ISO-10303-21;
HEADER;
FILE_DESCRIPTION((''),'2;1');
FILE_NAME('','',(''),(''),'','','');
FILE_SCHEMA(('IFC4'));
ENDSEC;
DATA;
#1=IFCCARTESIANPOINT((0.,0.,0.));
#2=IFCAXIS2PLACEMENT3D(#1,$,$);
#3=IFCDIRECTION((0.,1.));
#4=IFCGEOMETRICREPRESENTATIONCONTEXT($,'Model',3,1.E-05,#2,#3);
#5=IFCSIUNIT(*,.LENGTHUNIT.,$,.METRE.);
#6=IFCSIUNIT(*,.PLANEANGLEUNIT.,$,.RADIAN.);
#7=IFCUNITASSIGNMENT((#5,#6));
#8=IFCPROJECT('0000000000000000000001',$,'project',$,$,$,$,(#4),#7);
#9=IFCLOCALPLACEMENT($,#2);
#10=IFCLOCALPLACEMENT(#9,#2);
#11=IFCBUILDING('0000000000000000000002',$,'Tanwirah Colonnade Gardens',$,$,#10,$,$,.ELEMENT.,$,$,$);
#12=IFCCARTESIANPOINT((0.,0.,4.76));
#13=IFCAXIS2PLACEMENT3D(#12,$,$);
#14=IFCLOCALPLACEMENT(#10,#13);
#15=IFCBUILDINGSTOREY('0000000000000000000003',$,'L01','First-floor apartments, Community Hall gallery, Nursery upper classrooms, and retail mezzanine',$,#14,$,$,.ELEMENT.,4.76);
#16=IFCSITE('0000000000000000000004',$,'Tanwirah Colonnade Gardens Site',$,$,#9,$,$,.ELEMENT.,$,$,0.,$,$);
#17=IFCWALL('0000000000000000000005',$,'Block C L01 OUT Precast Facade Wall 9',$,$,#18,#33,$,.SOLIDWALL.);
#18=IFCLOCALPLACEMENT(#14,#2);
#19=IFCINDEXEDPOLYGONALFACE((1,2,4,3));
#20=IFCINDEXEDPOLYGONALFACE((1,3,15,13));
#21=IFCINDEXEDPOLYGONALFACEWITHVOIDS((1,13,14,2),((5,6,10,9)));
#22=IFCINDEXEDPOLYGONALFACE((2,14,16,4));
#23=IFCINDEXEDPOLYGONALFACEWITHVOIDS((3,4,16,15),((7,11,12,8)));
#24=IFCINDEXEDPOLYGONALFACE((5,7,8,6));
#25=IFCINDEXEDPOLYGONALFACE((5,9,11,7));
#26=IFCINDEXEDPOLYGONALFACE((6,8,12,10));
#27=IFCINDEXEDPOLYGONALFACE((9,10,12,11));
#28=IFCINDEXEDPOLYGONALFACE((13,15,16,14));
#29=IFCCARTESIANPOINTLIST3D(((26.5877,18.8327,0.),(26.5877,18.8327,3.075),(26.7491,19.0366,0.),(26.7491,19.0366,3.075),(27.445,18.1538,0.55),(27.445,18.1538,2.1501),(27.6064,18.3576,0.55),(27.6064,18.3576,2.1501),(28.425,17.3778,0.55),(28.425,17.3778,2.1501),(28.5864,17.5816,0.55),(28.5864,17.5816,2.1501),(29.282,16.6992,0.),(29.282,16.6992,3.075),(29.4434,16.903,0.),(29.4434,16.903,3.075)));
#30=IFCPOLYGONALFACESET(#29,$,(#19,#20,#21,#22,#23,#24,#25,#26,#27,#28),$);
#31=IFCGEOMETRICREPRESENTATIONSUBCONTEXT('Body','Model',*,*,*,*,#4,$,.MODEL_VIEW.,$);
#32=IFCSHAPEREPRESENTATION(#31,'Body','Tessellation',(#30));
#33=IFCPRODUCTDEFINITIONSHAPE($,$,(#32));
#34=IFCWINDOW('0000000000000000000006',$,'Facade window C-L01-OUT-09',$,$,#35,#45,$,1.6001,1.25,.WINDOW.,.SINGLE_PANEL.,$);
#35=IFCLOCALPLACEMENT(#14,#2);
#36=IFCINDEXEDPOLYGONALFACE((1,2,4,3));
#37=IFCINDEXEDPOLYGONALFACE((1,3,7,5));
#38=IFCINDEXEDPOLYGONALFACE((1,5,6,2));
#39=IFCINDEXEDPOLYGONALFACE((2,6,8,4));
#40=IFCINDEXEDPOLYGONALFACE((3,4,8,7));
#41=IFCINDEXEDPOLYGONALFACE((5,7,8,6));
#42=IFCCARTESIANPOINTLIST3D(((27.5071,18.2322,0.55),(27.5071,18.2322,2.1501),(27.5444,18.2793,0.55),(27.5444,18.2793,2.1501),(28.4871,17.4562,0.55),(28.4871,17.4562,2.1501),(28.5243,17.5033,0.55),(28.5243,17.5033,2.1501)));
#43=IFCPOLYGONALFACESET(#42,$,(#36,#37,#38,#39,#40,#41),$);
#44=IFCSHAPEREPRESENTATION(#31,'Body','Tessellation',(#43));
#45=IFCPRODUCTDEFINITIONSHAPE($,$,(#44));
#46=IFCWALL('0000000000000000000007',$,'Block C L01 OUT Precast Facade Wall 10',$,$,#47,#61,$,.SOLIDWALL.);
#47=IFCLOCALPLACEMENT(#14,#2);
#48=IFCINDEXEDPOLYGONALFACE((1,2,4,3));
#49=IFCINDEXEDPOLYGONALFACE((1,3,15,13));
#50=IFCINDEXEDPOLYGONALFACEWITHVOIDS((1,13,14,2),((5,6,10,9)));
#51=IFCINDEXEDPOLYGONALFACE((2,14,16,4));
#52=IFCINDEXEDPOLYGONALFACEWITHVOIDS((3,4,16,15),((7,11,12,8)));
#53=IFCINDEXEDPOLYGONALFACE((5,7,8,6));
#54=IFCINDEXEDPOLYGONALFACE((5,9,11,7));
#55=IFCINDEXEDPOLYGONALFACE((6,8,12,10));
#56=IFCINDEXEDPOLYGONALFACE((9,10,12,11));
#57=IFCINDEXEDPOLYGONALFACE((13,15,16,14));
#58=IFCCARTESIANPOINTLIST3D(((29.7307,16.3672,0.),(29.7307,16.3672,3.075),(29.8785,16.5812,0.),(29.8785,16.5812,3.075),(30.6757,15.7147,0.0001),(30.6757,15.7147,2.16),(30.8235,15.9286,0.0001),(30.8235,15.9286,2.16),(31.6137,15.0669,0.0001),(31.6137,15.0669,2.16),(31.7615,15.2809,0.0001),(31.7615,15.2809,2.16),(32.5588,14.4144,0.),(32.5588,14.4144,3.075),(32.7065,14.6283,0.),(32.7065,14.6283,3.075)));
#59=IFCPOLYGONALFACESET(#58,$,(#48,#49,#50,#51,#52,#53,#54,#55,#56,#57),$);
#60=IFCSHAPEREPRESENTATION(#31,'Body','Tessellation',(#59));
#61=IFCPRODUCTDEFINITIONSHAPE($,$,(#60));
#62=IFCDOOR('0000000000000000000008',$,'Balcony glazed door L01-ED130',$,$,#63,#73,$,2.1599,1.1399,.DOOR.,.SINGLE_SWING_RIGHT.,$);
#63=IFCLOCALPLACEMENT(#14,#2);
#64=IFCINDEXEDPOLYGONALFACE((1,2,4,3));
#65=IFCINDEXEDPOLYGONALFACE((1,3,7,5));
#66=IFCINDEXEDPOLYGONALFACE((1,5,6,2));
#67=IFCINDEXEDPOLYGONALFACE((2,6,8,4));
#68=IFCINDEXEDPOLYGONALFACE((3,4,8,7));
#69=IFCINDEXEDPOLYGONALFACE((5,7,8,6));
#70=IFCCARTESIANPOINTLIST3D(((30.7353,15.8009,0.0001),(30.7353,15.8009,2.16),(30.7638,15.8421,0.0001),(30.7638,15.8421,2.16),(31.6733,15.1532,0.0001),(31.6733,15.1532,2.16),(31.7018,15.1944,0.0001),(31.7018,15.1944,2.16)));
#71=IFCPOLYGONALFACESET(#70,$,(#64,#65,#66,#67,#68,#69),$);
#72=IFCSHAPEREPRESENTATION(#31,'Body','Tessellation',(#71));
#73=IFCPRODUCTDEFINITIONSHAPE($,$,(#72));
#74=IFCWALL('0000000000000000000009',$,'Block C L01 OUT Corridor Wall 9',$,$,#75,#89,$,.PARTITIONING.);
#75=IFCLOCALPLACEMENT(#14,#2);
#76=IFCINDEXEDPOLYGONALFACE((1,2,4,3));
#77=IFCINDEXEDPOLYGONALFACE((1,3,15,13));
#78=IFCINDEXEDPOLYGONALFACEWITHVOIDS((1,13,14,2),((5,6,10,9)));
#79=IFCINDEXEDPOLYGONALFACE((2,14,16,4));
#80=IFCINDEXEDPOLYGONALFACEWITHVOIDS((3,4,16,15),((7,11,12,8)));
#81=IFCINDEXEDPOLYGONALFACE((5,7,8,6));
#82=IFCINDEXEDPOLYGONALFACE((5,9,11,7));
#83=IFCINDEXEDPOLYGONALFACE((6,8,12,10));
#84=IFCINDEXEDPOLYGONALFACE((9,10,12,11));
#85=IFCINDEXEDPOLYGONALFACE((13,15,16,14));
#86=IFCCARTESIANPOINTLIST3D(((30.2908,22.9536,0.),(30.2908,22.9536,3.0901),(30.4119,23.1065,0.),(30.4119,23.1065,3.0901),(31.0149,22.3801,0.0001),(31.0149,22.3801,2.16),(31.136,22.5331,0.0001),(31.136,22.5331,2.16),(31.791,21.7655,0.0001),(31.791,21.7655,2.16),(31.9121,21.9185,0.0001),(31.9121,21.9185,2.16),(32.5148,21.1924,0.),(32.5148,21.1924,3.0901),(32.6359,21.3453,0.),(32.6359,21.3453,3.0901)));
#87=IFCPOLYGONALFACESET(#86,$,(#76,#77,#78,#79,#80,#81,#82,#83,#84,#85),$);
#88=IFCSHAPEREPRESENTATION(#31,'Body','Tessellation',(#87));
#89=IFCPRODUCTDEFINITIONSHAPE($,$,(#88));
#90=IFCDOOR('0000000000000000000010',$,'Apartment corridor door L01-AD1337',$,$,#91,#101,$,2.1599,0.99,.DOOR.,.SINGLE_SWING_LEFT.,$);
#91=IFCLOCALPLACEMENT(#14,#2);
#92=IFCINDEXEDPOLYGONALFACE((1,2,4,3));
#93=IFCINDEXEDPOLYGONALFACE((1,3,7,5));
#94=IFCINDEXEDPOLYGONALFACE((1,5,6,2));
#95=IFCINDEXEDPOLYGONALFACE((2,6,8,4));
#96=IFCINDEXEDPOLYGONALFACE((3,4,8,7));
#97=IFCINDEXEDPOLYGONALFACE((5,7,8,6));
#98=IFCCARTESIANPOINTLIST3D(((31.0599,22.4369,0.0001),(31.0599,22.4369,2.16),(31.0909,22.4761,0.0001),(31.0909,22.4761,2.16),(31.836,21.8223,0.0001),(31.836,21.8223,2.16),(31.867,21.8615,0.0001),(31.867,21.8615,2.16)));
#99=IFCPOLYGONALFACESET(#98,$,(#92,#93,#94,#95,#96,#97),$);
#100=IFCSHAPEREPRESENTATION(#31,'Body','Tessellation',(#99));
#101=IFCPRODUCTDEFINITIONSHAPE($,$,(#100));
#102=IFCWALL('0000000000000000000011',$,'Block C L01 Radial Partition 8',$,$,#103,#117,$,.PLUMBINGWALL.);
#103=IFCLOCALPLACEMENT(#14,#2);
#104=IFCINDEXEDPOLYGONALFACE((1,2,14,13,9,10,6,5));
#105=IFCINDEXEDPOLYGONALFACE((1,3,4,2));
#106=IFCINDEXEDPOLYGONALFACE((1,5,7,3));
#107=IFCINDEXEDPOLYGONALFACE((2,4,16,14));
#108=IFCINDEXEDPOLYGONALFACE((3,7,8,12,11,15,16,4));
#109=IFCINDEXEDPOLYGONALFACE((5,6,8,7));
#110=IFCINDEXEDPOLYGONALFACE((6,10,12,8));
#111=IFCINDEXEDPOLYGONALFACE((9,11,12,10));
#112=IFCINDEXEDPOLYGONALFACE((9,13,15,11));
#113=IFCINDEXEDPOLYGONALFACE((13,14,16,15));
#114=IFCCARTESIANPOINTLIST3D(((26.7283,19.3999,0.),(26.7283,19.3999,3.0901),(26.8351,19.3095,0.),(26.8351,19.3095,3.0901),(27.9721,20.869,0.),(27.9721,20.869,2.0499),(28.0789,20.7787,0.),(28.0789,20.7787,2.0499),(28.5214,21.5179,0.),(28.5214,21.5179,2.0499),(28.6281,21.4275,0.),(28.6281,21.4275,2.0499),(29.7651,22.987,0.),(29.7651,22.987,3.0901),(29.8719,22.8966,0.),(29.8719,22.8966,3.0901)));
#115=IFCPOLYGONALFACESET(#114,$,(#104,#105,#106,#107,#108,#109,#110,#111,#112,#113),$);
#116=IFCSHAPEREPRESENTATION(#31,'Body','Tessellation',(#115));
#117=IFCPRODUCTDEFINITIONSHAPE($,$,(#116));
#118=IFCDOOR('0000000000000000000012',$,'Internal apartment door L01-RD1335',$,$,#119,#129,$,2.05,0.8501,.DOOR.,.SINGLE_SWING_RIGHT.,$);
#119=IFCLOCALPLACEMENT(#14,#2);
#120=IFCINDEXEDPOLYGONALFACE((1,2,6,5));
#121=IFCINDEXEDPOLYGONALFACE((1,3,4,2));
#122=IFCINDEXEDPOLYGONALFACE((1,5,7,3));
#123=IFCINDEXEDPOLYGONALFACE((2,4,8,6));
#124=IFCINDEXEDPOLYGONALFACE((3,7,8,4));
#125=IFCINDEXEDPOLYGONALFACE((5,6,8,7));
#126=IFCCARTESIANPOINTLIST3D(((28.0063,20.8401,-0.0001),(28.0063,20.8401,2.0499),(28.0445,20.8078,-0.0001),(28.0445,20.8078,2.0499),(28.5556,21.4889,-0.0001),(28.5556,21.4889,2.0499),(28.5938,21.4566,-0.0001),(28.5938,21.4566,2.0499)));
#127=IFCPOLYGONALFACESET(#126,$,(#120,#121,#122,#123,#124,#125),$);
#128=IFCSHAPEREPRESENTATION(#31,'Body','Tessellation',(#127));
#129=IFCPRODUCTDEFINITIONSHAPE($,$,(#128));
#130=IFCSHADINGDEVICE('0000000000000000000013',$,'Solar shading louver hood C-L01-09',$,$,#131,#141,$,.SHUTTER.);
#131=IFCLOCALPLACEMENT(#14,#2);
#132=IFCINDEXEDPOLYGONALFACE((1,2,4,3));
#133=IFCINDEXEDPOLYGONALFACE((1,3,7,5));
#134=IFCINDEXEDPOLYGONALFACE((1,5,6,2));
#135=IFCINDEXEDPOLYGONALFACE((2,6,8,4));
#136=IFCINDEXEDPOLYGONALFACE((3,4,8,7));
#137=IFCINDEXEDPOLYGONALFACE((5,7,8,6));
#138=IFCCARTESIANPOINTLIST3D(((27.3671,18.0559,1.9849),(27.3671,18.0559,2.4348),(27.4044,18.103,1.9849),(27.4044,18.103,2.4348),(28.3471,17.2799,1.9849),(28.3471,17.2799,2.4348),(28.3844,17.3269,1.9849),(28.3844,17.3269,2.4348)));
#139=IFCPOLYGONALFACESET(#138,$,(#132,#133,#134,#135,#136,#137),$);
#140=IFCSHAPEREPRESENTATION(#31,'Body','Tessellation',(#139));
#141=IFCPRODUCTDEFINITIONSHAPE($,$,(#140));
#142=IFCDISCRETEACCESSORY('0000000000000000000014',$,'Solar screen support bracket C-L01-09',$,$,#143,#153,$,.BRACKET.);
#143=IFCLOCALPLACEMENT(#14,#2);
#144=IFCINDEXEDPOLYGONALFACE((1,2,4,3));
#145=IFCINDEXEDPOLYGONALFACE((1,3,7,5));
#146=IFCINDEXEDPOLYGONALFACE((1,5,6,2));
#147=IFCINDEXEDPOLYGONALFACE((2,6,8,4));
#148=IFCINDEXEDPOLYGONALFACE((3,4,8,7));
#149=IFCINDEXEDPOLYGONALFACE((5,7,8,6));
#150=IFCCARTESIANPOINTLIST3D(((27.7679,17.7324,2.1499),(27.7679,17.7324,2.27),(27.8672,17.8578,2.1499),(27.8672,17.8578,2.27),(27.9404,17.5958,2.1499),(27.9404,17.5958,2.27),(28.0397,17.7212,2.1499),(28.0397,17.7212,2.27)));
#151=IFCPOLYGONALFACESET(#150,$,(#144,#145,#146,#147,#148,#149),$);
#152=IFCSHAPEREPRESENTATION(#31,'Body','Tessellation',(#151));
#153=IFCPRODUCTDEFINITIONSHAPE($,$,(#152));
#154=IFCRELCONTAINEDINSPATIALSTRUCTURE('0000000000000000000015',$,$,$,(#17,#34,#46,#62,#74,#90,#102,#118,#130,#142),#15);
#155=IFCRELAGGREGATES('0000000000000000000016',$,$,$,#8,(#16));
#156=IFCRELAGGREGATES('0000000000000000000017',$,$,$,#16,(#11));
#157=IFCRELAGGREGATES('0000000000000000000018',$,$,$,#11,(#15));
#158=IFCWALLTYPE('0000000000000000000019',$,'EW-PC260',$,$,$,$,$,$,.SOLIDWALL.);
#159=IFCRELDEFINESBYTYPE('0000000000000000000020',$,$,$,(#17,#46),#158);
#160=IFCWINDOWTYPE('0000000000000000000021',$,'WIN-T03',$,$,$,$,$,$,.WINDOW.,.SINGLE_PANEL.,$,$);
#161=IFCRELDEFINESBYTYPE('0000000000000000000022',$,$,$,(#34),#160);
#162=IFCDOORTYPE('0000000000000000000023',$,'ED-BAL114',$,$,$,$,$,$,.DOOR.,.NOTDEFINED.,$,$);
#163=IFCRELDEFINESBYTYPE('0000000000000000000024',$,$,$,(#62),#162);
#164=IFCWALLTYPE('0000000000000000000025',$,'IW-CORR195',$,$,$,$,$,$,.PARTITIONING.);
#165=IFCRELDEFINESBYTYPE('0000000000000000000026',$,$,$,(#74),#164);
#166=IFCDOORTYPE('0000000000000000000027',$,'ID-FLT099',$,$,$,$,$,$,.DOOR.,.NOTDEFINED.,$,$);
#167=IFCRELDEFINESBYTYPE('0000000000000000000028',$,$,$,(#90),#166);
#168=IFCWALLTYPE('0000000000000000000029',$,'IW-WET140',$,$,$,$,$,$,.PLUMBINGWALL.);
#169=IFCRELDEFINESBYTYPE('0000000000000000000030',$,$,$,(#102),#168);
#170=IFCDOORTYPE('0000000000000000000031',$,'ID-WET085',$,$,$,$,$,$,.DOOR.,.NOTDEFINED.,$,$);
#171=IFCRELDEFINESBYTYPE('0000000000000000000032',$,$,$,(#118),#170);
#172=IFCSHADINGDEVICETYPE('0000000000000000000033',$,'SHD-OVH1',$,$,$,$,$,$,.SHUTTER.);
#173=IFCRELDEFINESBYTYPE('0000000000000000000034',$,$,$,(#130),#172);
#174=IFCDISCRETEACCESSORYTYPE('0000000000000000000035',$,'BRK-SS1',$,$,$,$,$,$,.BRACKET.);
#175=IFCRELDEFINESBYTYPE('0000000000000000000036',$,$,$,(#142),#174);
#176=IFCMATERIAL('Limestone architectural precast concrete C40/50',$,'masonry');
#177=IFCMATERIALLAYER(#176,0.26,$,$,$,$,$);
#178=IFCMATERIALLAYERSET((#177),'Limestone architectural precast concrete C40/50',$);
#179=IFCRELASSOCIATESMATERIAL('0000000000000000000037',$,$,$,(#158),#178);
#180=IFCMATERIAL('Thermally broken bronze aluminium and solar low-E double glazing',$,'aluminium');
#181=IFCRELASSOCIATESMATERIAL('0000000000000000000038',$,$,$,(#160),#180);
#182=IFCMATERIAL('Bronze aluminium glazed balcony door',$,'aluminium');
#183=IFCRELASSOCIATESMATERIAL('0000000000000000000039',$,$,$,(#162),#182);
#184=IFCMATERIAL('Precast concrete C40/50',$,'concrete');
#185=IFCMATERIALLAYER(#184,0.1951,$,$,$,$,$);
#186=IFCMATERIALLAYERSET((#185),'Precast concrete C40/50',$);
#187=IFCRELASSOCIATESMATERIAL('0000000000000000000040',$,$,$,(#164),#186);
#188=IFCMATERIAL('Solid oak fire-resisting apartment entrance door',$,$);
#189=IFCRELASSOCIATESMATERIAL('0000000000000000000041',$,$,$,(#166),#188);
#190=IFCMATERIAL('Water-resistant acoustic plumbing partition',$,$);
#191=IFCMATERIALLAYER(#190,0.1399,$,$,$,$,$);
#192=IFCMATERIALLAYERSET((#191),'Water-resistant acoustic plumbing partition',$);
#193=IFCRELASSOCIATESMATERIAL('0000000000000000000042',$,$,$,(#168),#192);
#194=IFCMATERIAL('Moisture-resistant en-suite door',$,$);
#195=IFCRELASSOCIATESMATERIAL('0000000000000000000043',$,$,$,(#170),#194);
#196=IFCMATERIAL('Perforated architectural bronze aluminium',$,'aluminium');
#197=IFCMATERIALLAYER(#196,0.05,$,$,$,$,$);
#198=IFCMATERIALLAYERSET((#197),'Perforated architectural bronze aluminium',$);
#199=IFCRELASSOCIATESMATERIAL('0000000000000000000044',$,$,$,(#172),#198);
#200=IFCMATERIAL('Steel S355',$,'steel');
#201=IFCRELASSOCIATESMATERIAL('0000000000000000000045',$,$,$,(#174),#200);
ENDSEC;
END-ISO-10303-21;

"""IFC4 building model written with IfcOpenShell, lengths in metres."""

from ifc_helpers import new_model, si_unit, direction, frame, frame_2d, origin, origin_2d, place, context, subcontext, project, spatial, rectangle, extrude, material, layer, layer_set, type_object, element, fill, save


model = new_model("IFC4")

# Units and contexts
model_context = context("Model", 3, precision=1e-05, world=origin(), true_north=direction((0.0, 1.0)))
body_context = subcontext(model_context, "Body", "Model", "MODEL_VIEW")
ifc_project = project(units=[si_unit("LENGTHUNIT", "METRE"), si_unit("PLANEANGLEUNIT", "RADIAN")], contexts=[model_context])

# Site, building, storey
site_placement = place(None, origin())
site = spatial("IfcSite", under=ifc_project, at=site_placement, Name="Tanwirah Colonnade Gardens Site", CompositionType="ELEMENT", RefElevation=0.0)
building_placement = place(site_placement, origin())
building = spatial("IfcBuilding", under=site, at=building_placement, Name="Tanwirah Colonnade Gardens", CompositionType="ELEMENT")
storey_placement = place(building_placement, frame((0.0, 0.0, 4.76)))
storey = spatial("IfcBuildingStorey", under=building, at=storey_placement, Name="L01", Description="First-floor apartments, Community Hall gallery, Nursery upper classrooms, and retail mezzanine", CompositionType="ELEMENT", Elevation=4.76)

# Shared definitions
ifc_material_1 = material(Name="Precast concrete C40/50", Category="concrete")

# Wall, opening, window
ifc_material_2 = material(Name="Limestone architectural precast concrete C40/50", Category="masonry")
ifc_layer_1 = layer(ifc_material_2, 0.26)
ifc_layer_set_1 = layer_set([ifc_layer_1], Name="Limestone architectural precast concrete C40/50")
wall_type_1 = type_object("IfcWallType", Name="EW-PC260", PredefinedType="SOLIDWALL", material=ifc_layer_set_1)
wall_1_placement = place(storey_placement, frame((26.6685, 18.9346, 0.0), z_axis=(0.0, 0.0, 1.0), x_axis=(0.783971, -0.620798, 0.0)))
wall_1 = element("IfcWall", 1, at=wall_1_placement, inside=storey, type_object=wall_type_1, Name="Block C L01 OUT Precast Facade Wall 9", PredefinedType="SOLIDWALL", context=body_context, shape_type="SweptSolid", body=[
    extrude(rectangle(XDim=3.4368, YDim=0.26, at=frame_2d((1.7183, 0.0))), origin(), (0.0, 0.0, 1.0), 3.075),
])
opening_1_placement = place(wall_1_placement, frame((1.0935, 0.0, 0.55)))
opening_1 = element("IfcOpeningElement", 2, at=opening_1_placement, cuts=wall_1, PredefinedType="OPENING", context=body_context, shape_type="SweptSolid", body=[
    extrude(rectangle(XDim=1.25, YDim=1.6001, at=frame_2d((0.625, 0.8))), frame((0.0, 0.1399, 0.0), z_axis=(0.0, -1.0, 0.0), x_axis=(1.0, 0.0, 0.0)), (0.0, 0.0, 1.0), 0.28),
])
ifc_material_3 = material(Name="Thermally broken bronze aluminium and solar low-E double glazing", Category="aluminium")
window_type = type_object("IfcWindowType", Name="WIN-T03", PartitioningType="SINGLE_PANEL", PredefinedType="WINDOW", material=ifc_material_3)
window_placement = place(opening_1_placement, origin())
window = element("IfcWindow", 3, at=window_placement, inside=storey, type_object=window_type, Name="Facade window C-L01-OUT-09", OverallHeight=1.6001, OverallWidth=1.25, PartitioningType="SINGLE_PANEL", PredefinedType="WINDOW", context=body_context, shape_type="SweptSolid", body=[
    extrude(rectangle(XDim=1.25, YDim=1.6001, at=frame_2d((0.625, 0.8))), frame((0.0, 0.03, 0.0), z_axis=(0.0, -1.0, 0.0), x_axis=(1.0, 0.0, 0.0)), (0.0, 0.0, 1.0), 0.0601),
])
fill(opening_1, window)

# Walls, openings, doors
wall_2_placement = place(storey_placement, frame((29.8047, 16.4741, 0.0), z_axis=(0.0, 0.0, 1.0), x_axis=(0.82288, -0.568216, 0.0)))
wall_2 = element("IfcWall", 4, at=wall_2_placement, inside=storey, type_object=wall_type_1, Name="Block C L01 OUT Precast Facade Wall 10", PredefinedType="SOLIDWALL", context=body_context, shape_type="SweptSolid", body=[
    extrude(rectangle(XDim=3.4368, YDim=0.26, at=frame_2d((1.7183, 0.0))), origin(), (0.0, 0.0, 1.0), 3.075),
])
opening_2_placement = place(wall_2_placement, frame((1.1484, 0.0, 0.0)))
opening_2 = element("IfcOpeningElement", 5, at=opening_2_placement, cuts=wall_2, PredefinedType="OPENING", context=body_context, shape_type="SweptSolid", body=[
    extrude(rectangle(XDim=1.1399, YDim=2.1599, at=frame_2d((0.5698, 1.0801))), frame((0.0, 0.1399, 0.0), z_axis=(0.0, -1.0, 0.0), x_axis=(1.0, 0.0, 0.0)), (0.0, 0.0, 1.0), 0.28),
])
ifc_material_4 = material(Name="Bronze aluminium glazed balcony door", Category="aluminium")
door_type_1 = type_object("IfcDoorType", Name="ED-BAL114", OperationType="NOTDEFINED", PredefinedType="DOOR", material=ifc_material_4)
door_1_placement = place(opening_2_placement, origin())
door_1 = element("IfcDoor", 6, at=door_1_placement, inside=storey, type_object=door_type_1, Name="Balcony glazed door L01-ED130", OperationType="SINGLE_SWING_RIGHT", OverallHeight=2.1599, OverallWidth=1.1399, PredefinedType="DOOR", context=body_context, shape_type="SweptSolid", body=[
    extrude(rectangle(XDim=1.1399, YDim=2.1599, at=frame_2d((0.5698, 1.0801))), frame((0.0, 0.0249, 0.0), z_axis=(0.0, -1.0, 0.0), x_axis=(1.0, 0.0, 0.0)), (0.0, 0.0, 1.0), 0.05),
])
fill(opening_2, door_1)
ifc_layer_2 = layer(ifc_material_1, 0.1951)
ifc_layer_set_2 = layer_set([ifc_layer_2], Name="Precast concrete C40/50")
wall_type_2 = type_object("IfcWallType", Name="IW-CORR195", PredefinedType="PARTITIONING", material=ifc_layer_set_2)
wall_3_placement = place(storey_placement, frame((30.3513, 23.03, 0.0), z_axis=(0.0, 0.0, 1.0), x_axis=(0.783966, -0.620804, 0.0)))
wall_3 = element("IfcWall", 7, at=wall_3_placement, inside=storey, type_object=wall_type_2, Name="Block C L01 OUT Corridor Wall 9", PredefinedType="PARTITIONING", context=body_context, shape_type="SweptSolid", body=[
    extrude(rectangle(XDim=2.8369, YDim=0.1951, at=frame_2d((1.4185, 0.0))), origin(), (0.0, 0.0, 1.0), 3.0901),
])
opening_3_placement = place(wall_3_placement, frame((0.9236, 0.0, 0.0)))
opening_3 = element("IfcOpeningElement", 8, at=opening_3_placement, cuts=wall_3, PredefinedType="OPENING", context=body_context, shape_type="SweptSolid", body=[
    extrude(rectangle(XDim=0.99, YDim=2.1599, at=frame_2d((0.4951, 1.0801))), frame((0.0, 0.1074, 0.0), z_axis=(0.0, -1.0, 0.0), x_axis=(1.0, 0.0, 0.0)), (0.0, 0.0, 1.0), 0.2151),
])
ifc_material_5 = material(Name="Solid oak fire-resisting apartment entrance door")
door_type_2 = type_object("IfcDoorType", Name="ID-FLT099", OperationType="NOTDEFINED", PredefinedType="DOOR", material=ifc_material_5)
door_2_placement = place(opening_3_placement, origin())
door_2 = element("IfcDoor", 9, at=door_2_placement, inside=storey, type_object=door_type_2, Name="Apartment corridor door L01-AD1337", OperationType="SINGLE_SWING_LEFT", OverallHeight=2.1599, OverallWidth=0.99, PredefinedType="DOOR", context=body_context, shape_type="SweptSolid", body=[
    extrude(rectangle(XDim=0.99, YDim=2.1599, at=frame_2d((0.4951, 1.0801))), frame((0.0, 0.0249, 0.0), z_axis=(0.0, -1.0, 0.0), x_axis=(1.0, 0.0, 0.0)), (0.0, 0.0, 1.0), 0.05),
])
fill(opening_3, door_2)
ifc_material_6 = material(Name="Water-resistant acoustic plumbing partition")
ifc_layer_3 = layer(ifc_material_6, 0.1399)
ifc_layer_set_3 = layer_set([ifc_layer_3], Name="Water-resistant acoustic plumbing partition")
wall_type_3 = type_object("IfcWallType", Name="IW-WET140", PredefinedType="PLUMBINGWALL", material=ifc_layer_set_3)
wall_4_placement = place(storey_placement, frame((29.8186, 22.9419, 0.0), z_axis=(0.0, 0.0, 1.0), x_axis=(-0.646138, -0.763221, 0.0)))
wall_4 = element("IfcWall", 10, at=wall_4_placement, inside=storey, type_object=wall_type_3, Name="Block C L01 Radial Partition 8", PredefinedType="PLUMBINGWALL", context=body_context, shape_type="SweptSolid", body=[
    extrude(rectangle(XDim=4.7, YDim=0.1399, at=frame_2d((2.3501, 0.0))), origin(), (0.0, 0.0, 1.0), 3.0901),
])
opening_4_placement = place(wall_4_placement, frame((1.925, 0.0, 0.0)))
opening_4 = element("IfcOpeningElement", 11, at=opening_4_placement, cuts=wall_4, PredefinedType="OPENING", context=body_context, shape_type="SweptSolid", body=[
    extrude(rectangle(XDim=0.8501, YDim=2.05, at=frame_2d((0.425, 1.0249))), frame((0.0, 0.0798, 0.0), z_axis=(0.0, -1.0, 0.0), x_axis=(1.0, 0.0, 0.0)), (0.0, 0.0, 1.0), 0.1599),
])
ifc_material_7 = material(Name="Moisture-resistant en-suite door")
door_type_3 = type_object("IfcDoorType", Name="ID-WET085", OperationType="NOTDEFINED", PredefinedType="DOOR", material=ifc_material_7)
door_3_placement = place(opening_4_placement, origin())
door_3 = element("IfcDoor", 12, at=door_3_placement, inside=storey, type_object=door_type_3, Name="Internal apartment door L01-RD1335", OperationType="SINGLE_SWING_RIGHT", OverallHeight=2.05, OverallWidth=0.8501, PredefinedType="DOOR", context=body_context, shape_type="SweptSolid", body=[
    extrude(rectangle(XDim=0.8501, YDim=2.05, at=frame_2d((0.425, 1.0249))), frame((0.0, 0.0249, 0.0), z_axis=(0.0, -1.0, 0.0), x_axis=(1.0, 0.0, 0.0)), (0.0, 0.0, 1.0), 0.05),
])
fill(opening_4, door_3)

# Shading device
ifc_material_8 = material(Name="Perforated architectural bronze aluminium", Category="aluminium")
ifc_layer_4 = layer(ifc_material_8, 0.05)
ifc_layer_set_4 = layer_set([ifc_layer_4], Name="Perforated architectural bronze aluminium")
shading_device_type = type_object("IfcShadingDeviceType", Name="SHD-OVH1", PredefinedType="SHUTTER", material=ifc_layer_set_4)
shading_device_placement = place(storey_placement, frame((27.8757, 17.6914, 1.9849), z_axis=(0.0, 0.0, 1.0), x_axis=(0.783964, -0.620806, 0.0)))
element("IfcShadingDevice", 13, at=shading_device_placement, inside=storey, type_object=shading_device_type, Name="Solar shading louver hood C-L01-09", PredefinedType="SHUTTER", context=body_context, shape_type="SweptSolid", body=[
    extrude(rectangle(XDim=1.25, YDim=0.0601, at=origin_2d()), origin(), (0.0, 0.0, 1.0), 0.45),
])

# Discrete accessory
ifc_material_9 = material(Name="Steel S355", Category="steel")
discrete_accessory_type = type_object("IfcDiscreteAccessoryType", Name="BRK-SS1", PredefinedType="BRACKET", material=ifc_material_9)
discrete_accessory_placement = place(storey_placement, frame((27.9038, 17.7268, 2.1499), z_axis=(0.0, 0.0, 1.0), x_axis=(0.783964, -0.620806, 0.0)))
element("IfcDiscreteAccessory", 14, at=discrete_accessory_placement, inside=storey, type_object=discrete_accessory_type, Name="Solar screen support bracket C-L01-09", PredefinedType="BRACKET", context=body_context, shape_type="SweptSolid", body=[
    extrude(rectangle(XDim=0.22, YDim=0.1599, at=origin_2d()), origin(), (0.0, 0.0, 1.0), 0.1201),
])

save(model, "model.ifc")
